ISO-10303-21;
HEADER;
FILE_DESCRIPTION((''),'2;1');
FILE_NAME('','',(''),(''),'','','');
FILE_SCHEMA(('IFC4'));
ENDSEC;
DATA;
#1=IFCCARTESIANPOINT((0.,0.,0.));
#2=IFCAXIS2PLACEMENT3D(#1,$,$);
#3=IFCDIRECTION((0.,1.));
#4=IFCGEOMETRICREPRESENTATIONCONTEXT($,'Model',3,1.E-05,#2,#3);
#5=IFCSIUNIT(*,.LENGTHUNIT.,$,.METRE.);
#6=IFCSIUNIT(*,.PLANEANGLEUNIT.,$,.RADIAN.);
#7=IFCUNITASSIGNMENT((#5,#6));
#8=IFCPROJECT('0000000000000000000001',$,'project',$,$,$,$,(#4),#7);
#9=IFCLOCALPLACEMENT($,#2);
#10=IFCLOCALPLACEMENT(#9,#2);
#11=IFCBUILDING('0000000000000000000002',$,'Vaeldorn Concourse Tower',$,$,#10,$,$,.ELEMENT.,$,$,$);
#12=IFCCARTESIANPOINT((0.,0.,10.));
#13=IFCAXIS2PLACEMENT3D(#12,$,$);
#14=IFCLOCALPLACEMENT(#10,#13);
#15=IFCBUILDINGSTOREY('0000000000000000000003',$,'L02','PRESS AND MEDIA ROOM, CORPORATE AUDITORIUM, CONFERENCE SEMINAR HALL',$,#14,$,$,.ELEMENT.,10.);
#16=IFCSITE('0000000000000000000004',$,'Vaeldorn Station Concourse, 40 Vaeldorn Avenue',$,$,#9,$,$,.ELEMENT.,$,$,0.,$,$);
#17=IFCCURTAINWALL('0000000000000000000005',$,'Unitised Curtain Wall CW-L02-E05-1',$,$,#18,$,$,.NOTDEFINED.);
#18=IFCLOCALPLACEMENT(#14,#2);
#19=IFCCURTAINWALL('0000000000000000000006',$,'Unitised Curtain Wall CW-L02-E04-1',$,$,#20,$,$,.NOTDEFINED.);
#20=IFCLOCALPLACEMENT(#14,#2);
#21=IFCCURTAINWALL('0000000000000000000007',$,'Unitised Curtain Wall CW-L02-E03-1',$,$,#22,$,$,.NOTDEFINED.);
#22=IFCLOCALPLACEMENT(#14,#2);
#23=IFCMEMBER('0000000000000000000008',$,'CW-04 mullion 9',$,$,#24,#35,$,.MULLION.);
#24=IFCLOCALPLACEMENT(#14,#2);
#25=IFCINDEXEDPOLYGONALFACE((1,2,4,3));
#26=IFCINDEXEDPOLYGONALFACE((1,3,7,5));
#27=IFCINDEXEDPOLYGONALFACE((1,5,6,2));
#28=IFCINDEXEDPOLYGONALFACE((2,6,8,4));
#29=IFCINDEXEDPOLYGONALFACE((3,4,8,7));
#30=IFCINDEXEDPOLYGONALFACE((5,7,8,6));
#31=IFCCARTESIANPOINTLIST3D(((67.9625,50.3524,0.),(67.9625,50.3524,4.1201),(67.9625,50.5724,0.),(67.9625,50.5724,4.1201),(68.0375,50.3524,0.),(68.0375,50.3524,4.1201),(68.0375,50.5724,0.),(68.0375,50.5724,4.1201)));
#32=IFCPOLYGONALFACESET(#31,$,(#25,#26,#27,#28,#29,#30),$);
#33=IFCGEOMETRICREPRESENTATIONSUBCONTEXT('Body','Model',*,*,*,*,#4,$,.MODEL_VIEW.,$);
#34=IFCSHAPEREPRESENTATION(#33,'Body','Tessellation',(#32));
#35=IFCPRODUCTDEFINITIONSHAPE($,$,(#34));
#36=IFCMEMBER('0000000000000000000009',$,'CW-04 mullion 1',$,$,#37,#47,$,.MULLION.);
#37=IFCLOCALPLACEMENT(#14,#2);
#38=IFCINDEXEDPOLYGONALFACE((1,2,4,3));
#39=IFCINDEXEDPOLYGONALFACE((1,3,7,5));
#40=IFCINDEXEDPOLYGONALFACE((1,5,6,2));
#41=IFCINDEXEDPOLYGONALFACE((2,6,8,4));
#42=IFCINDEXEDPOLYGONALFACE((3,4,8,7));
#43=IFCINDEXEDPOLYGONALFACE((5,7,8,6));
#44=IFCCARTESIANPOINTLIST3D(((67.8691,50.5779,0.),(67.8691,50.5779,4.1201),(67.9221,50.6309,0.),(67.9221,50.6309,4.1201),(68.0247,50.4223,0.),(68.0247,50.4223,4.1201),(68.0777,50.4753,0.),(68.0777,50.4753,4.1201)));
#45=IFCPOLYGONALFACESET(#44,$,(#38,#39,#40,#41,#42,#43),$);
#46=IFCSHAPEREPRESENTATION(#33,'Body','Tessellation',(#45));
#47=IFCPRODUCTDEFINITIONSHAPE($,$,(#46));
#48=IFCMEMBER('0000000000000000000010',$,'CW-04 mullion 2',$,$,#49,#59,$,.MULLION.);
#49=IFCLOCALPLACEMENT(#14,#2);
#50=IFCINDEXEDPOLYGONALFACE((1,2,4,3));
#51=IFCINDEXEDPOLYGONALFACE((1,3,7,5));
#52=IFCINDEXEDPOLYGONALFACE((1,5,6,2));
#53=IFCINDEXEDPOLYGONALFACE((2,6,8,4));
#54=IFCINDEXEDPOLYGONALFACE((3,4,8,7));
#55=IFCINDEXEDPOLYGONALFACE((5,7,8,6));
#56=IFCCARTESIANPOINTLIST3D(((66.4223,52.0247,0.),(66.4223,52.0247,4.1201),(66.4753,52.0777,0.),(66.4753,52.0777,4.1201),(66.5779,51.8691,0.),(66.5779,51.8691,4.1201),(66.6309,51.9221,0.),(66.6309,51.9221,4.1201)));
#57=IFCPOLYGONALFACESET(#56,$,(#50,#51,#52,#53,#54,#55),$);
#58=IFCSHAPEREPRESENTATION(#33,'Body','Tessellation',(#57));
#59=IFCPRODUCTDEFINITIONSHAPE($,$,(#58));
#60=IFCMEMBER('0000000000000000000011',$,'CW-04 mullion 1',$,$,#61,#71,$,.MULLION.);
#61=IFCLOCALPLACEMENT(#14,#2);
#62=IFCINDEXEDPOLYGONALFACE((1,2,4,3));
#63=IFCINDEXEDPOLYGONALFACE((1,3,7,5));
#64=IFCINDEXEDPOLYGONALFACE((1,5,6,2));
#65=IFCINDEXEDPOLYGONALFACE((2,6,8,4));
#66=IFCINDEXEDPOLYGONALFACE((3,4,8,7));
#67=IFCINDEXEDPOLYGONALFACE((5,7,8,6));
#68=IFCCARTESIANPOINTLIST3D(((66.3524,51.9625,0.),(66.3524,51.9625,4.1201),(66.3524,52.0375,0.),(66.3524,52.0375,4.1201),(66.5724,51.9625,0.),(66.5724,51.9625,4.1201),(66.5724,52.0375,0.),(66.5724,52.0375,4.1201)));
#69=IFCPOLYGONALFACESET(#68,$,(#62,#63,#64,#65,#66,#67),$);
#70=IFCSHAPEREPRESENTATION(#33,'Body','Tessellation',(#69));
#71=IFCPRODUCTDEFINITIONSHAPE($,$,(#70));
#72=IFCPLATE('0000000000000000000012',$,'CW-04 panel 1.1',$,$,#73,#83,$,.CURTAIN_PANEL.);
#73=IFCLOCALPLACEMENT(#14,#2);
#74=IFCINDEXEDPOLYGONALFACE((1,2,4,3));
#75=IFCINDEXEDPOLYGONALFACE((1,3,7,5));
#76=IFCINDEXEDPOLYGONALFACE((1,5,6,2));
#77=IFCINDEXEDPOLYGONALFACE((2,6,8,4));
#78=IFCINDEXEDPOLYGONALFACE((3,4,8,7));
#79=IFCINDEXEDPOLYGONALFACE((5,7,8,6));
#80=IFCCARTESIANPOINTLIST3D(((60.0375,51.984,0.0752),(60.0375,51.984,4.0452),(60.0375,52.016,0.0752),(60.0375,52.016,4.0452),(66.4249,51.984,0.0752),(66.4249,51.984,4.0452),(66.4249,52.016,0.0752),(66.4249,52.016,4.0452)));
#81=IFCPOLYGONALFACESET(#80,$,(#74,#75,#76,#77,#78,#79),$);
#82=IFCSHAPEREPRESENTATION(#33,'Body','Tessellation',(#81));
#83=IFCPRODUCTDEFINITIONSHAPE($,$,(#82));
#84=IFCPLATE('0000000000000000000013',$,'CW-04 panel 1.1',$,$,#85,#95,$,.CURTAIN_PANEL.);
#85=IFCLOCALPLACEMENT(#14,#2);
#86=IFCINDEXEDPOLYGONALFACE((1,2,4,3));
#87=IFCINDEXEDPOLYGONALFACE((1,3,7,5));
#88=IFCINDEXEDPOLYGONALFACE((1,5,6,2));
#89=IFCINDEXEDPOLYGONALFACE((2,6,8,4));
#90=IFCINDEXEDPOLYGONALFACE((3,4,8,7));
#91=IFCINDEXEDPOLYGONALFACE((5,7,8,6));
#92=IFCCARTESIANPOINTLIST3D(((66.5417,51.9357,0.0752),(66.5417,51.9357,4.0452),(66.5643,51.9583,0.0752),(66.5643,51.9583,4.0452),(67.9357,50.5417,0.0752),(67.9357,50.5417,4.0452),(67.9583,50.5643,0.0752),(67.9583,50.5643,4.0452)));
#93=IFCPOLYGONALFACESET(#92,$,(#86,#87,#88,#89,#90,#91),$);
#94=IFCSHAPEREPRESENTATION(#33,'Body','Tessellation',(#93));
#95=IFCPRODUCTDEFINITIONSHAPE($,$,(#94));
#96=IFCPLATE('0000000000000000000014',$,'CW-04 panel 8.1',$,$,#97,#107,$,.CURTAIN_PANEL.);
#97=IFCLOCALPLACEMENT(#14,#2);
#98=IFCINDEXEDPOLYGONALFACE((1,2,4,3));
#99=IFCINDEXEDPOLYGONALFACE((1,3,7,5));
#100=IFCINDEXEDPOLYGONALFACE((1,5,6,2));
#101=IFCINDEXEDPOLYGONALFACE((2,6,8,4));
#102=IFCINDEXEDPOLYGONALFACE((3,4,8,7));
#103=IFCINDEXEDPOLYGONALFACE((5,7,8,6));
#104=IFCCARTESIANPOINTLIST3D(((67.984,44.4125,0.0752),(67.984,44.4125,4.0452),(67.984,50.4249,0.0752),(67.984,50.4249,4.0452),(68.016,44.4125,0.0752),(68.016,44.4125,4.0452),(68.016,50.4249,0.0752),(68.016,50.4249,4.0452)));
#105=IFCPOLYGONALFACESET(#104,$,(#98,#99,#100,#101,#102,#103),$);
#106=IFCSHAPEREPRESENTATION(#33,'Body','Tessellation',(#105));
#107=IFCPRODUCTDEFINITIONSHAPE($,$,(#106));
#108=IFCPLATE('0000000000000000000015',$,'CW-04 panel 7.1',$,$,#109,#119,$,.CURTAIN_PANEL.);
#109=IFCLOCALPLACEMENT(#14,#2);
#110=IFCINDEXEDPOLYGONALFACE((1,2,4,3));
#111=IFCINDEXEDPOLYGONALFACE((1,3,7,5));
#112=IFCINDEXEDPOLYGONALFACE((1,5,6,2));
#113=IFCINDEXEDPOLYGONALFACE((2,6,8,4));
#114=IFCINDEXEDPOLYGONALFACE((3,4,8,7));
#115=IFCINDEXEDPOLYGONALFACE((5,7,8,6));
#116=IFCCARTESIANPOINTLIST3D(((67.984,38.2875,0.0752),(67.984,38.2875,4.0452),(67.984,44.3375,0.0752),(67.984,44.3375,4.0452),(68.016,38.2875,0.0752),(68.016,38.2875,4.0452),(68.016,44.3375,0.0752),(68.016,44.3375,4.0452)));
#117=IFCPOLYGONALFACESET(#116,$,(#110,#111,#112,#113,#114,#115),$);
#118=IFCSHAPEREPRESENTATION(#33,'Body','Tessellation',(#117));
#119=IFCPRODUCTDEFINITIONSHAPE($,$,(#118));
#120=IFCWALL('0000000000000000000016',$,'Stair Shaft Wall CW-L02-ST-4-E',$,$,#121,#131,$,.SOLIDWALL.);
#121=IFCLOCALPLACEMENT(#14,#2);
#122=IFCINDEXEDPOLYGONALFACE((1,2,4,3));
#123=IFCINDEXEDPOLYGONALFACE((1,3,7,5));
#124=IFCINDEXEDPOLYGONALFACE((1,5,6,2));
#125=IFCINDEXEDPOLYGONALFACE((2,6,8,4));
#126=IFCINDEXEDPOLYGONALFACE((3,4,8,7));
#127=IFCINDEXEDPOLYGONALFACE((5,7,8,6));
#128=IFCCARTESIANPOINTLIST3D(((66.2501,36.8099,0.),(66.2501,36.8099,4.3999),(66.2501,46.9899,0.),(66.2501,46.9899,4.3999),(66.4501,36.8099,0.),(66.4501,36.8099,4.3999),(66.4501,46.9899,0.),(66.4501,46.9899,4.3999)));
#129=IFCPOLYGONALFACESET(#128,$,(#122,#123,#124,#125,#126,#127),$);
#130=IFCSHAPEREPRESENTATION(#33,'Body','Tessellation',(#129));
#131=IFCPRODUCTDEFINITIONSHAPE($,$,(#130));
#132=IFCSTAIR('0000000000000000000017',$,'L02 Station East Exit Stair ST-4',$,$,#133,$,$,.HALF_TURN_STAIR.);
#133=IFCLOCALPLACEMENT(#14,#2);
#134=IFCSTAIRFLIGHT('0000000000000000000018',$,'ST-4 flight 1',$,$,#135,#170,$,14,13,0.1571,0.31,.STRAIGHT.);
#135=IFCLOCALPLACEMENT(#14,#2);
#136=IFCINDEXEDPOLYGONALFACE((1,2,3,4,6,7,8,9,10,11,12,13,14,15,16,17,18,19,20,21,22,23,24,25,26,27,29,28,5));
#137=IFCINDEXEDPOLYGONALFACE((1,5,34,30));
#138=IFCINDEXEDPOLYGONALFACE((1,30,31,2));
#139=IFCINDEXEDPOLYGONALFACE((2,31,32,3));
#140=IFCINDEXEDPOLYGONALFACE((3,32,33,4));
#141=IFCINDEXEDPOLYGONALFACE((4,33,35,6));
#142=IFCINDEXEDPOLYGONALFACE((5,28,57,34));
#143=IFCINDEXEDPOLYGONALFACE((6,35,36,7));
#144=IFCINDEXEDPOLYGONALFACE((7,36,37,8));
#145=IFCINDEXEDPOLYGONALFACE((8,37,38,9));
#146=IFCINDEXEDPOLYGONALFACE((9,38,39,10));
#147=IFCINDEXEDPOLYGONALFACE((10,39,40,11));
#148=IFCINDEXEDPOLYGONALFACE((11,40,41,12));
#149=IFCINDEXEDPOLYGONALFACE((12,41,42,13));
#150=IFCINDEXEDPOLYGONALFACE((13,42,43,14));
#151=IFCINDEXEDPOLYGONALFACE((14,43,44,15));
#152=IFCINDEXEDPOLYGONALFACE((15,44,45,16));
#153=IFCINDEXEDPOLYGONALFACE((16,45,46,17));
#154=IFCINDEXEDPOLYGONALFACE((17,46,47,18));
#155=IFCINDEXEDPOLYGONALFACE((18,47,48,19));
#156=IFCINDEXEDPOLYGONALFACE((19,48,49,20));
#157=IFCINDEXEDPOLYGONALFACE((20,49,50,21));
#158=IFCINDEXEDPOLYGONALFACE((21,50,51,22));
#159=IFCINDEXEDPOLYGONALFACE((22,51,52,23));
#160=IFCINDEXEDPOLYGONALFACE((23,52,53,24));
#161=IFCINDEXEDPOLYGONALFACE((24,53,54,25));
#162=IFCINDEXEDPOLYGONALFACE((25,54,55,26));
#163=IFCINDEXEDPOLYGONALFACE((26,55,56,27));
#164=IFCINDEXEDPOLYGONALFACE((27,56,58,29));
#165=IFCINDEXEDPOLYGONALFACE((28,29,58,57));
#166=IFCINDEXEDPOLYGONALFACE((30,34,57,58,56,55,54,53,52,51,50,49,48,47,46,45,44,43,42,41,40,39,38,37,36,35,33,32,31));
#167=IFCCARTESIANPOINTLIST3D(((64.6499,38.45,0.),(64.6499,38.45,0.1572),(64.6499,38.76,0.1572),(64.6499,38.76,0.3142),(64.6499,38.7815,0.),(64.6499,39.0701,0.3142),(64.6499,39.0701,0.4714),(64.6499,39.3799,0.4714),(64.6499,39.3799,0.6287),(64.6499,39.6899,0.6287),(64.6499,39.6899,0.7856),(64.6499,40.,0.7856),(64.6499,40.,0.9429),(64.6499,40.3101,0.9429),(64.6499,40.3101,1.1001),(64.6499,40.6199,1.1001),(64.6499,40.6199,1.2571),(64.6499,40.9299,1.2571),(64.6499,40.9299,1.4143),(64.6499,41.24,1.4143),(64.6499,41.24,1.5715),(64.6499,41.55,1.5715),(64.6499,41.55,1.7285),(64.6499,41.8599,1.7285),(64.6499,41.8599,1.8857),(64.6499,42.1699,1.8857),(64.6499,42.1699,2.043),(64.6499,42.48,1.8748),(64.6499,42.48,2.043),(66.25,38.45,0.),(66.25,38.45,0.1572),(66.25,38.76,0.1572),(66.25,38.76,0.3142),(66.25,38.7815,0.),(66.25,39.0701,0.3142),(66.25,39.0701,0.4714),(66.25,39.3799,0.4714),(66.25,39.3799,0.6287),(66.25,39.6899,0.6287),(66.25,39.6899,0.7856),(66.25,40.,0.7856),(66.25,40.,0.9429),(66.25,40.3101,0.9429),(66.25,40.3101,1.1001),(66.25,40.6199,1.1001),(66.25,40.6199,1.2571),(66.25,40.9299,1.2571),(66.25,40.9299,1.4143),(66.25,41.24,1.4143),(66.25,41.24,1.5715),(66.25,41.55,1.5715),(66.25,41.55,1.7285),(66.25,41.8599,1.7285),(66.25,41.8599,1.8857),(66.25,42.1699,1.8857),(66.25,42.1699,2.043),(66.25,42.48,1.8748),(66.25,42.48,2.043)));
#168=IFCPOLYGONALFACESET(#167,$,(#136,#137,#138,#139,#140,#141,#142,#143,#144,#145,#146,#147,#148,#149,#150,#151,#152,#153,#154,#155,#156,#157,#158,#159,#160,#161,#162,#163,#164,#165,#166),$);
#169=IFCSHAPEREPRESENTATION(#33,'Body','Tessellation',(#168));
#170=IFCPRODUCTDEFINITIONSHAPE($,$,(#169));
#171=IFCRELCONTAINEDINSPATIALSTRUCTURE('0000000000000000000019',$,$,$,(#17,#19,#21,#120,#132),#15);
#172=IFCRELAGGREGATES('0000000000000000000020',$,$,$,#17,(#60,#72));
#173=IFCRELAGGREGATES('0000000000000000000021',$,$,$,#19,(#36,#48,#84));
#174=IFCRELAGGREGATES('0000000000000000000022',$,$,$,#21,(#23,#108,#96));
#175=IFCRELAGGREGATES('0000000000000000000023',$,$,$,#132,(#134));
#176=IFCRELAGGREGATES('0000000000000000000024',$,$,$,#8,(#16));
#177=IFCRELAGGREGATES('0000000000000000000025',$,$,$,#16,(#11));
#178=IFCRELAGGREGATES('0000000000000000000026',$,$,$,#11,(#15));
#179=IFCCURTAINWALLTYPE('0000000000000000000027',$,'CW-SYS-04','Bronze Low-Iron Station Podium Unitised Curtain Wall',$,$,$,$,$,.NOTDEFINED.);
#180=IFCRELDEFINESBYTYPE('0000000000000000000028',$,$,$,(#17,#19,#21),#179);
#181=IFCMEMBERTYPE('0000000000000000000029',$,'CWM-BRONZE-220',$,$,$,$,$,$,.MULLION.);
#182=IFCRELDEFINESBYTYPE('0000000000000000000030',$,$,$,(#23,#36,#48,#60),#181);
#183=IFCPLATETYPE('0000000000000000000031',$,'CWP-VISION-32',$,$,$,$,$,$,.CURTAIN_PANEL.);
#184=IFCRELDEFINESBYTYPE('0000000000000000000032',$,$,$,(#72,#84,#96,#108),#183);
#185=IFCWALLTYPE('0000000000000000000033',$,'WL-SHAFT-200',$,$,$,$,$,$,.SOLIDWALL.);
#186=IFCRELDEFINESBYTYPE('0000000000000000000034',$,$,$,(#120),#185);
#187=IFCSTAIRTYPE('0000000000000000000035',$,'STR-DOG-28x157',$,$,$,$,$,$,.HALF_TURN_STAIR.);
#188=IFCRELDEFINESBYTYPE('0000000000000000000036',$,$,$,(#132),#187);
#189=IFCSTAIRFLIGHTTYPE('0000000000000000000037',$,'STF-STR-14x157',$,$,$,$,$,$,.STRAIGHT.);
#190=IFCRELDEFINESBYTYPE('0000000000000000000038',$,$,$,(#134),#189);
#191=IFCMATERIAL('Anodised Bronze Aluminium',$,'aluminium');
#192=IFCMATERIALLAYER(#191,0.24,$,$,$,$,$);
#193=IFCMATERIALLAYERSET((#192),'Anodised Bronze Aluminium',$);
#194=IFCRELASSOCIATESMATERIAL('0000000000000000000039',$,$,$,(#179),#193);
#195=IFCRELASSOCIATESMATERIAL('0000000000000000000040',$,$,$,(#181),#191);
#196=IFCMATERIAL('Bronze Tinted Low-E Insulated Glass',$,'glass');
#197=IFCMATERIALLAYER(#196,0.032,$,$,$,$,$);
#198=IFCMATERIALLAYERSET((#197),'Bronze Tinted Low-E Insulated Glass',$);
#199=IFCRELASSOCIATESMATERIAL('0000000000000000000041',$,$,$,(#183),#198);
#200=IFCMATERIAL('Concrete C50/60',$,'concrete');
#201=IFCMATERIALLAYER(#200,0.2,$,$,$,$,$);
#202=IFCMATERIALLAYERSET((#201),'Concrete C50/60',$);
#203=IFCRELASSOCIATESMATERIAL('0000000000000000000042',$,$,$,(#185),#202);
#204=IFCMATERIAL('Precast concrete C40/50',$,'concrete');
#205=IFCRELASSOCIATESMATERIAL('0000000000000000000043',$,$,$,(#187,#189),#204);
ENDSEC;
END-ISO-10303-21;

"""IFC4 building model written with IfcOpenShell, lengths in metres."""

from ifc_helpers import new_model, si_unit, direction, frame, frame_2d, origin, origin_2d, place, context, subcontext, project, spatial, polyline, rectangle, outline, extrude, source, transform, mapped, material, layer, layer_set, material_profile, profile_set, type_object, element, aggregate, save


model = new_model("IFC4")

# Units and contexts
model_context = context("Model", 3, precision=1e-05, world=origin(), true_north=direction((0.0, 1.0)))
body_context = subcontext(model_context, "Body", "Model", "MODEL_VIEW")
ifc_project = project(units=[si_unit("LENGTHUNIT", "METRE"), si_unit("PLANEANGLEUNIT", "RADIAN")], contexts=[model_context])

# Site, building, storey
site_placement = place(None, origin())
site = spatial("IfcSite", under=ifc_project, at=site_placement, Name="Vaeldorn Station Concourse, 40 Vaeldorn Avenue", CompositionType="ELEMENT", RefElevation=0.0)
building_placement = place(site_placement, origin())
building = spatial("IfcBuilding", under=site, at=building_placement, Name="Vaeldorn Concourse Tower", CompositionType="ELEMENT")
storey_placement = place(building_placement, frame((0.0, 0.0, 10.0)))
storey = spatial("IfcBuildingStorey", under=building, at=storey_placement, Name="L02", Description="PRESS AND MEDIA ROOM, CORPORATE AUDITORIUM, CONFERENCE SEMINAR HALL", CompositionType="ELEMENT", Elevation=10.0)

# Curtain walls, member
ifc_material_1 = material(Name="Anodised Bronze Aluminium", Category="aluminium")
ifc_layer_1 = layer(ifc_material_1, 0.24)
ifc_layer_set_1 = layer_set([ifc_layer_1], Name="Anodised Bronze Aluminium")
curtain_wall_type = type_object("IfcCurtainWallType", Name="CW-SYS-04", Description="Bronze Low-Iron Station Podium Unitised Curtain Wall", PredefinedType="NOTDEFINED", material=ifc_layer_set_1)
curtain_wall_1_placement = place(storey_placement, origin())
curtain_wall_1 = element("IfcCurtainWall", 1, at=curtain_wall_1_placement, inside=storey, type_object=curtain_wall_type, Name="Unitised Curtain Wall CW-L02-E05-1", PredefinedType="NOTDEFINED")
curtain_wall_2_placement = place(storey_placement, origin())
curtain_wall_2 = element("IfcCurtainWall", 2, at=curtain_wall_2_placement, inside=storey, type_object=curtain_wall_type, Name="Unitised Curtain Wall CW-L02-E04-1", PredefinedType="NOTDEFINED")
curtain_wall_3_placement = place(storey_placement, origin())
curtain_wall_3 = element("IfcCurtainWall", 3, at=curtain_wall_3_placement, inside=storey, type_object=curtain_wall_type, Name="Unitised Curtain Wall CW-L02-E03-1", PredefinedType="NOTDEFINED")
ifc_material_profile_1 = material_profile(ifc_material_1, rectangle(XDim=0.075, YDim=0.22, at=origin_2d()), Name="CWM 75x220")
ifc_profile_set_1 = profile_set([ifc_material_profile_1], Name="Anodised Bronze Aluminium")
member_type_1 = type_object("IfcMemberType", Name="CWM-BRONZE-220", PredefinedType="MULLION", material=ifc_profile_set_1)
shared_shape_1 = source(origin(), body_context, "Body", "SweptSolid", [
    extrude(rectangle(XDim=0.075, YDim=0.22, at=origin_2d()), origin(), (0.0, 0.0, 1.0), 4.1201),
])
member_1_placement = place(storey_placement, frame((68.0, 50.4624, 0.0), z_axis=(0.0, 0.0, 1.0), x_axis=(-1.0, 0.0, 0.0)))
member_1 = element("IfcMember", 4, at=member_1_placement, type_object=member_type_1, Name="CW-04 mullion 9", PredefinedType="MULLION", context=body_context, shape_type="MappedRepresentation", body=[
    mapped(shared_shape_1, transform((0.0, 0.0, 0.0), scale=1.0)),
])

# Members
member_2_placement = place(storey_placement, frame((67.9734, 50.5266, 0.0), z_axis=(0.0, 0.0, 1.0), x_axis=(-0.707107, -0.707107, 0.0)))
member_2 = element("IfcMember", 5, at=member_2_placement, type_object=member_type_1, Name="CW-04 mullion 1", PredefinedType="MULLION", context=body_context, shape_type="MappedRepresentation", body=[
    mapped(shared_shape_1, transform((0.0, 0.0, 0.0), scale=1.0)),
])
member_3_placement = place(storey_placement, frame((66.5266, 51.9734, 0.0), z_axis=(0.0, 0.0, 1.0), x_axis=(-0.707107, -0.707107, 0.0)))
member_3 = element("IfcMember", 6, at=member_3_placement, type_object=member_type_1, Name="CW-04 mullion 2", PredefinedType="MULLION", context=body_context, shape_type="MappedRepresentation", body=[
    mapped(shared_shape_1, transform((0.0, 0.0, 0.0), scale=1.0)),
])
member_4_placement = place(storey_placement, frame((66.4624, 52.0, 0.0), z_axis=(0.0, 0.0, 1.0), x_axis=(0.0, -1.0, 0.0)))
member_4 = element("IfcMember", 7, at=member_4_placement, type_object=member_type_1, Name="CW-04 mullion 1", PredefinedType="MULLION", context=body_context, shape_type="MappedRepresentation", body=[
    mapped(shared_shape_1, transform((0.0, 0.0, 0.0), scale=1.0)),
])

# Plates
ifc_material_2 = material(Name="Bronze Tinted Low-E Insulated Glass", Category="glass")
ifc_layer_2 = layer(ifc_material_2, 0.032)
ifc_layer_set_2 = layer_set([ifc_layer_2], Name="Bronze Tinted Low-E Insulated Glass")
plate_type = type_object("IfcPlateType", Name="CWP-VISION-32", PredefinedType="CURTAIN_PANEL", material=ifc_layer_set_2)
shared_shape_2 = source(origin(), body_context, "Body", "SweptSolid", [
    extrude(rectangle(XDim=6.3875, YDim=0.032, at=origin_2d()), origin(), (0.0, 0.0, 1.0), 3.97),
])
plate_1_placement = place(storey_placement, frame((63.2312, 52.0, 0.0752), z_axis=(0.0, 0.0, 1.0), x_axis=(-1.0, 0.0, 0.0)))
plate_1 = element("IfcPlate", 8, at=plate_1_placement, type_object=plate_type, Name="CW-04 panel 1.1", PredefinedType="CURTAIN_PANEL", context=body_context, shape_type="MappedRepresentation", body=[
    mapped(shared_shape_2, transform((0.0, 0.0, 0.0), scale=1.0)),
])
aggregate(curtain_wall_1, [member_4, plate_1])
shared_shape_3 = source(origin(), body_context, "Body", "SweptSolid", [
    extrude(rectangle(XDim=1.9714, YDim=0.032, at=origin_2d()), origin(), (0.0, 0.0, 1.0), 3.97),
])
plate_2_placement = place(storey_placement, frame((67.25, 51.25, 0.0752), z_axis=(0.0, 0.0, 1.0), x_axis=(-0.707107, 0.707107, 0.0)))
plate_2 = element("IfcPlate", 9, at=plate_2_placement, type_object=plate_type, Name="CW-04 panel 1.1", PredefinedType="CURTAIN_PANEL", context=body_context, shape_type="MappedRepresentation", body=[
    mapped(shared_shape_3, transform((0.0, 0.0, 0.0), scale=1.0)),
])
aggregate(curtain_wall_2, [member_2, member_3, plate_2])
shared_shape_4 = source(origin(), body_context, "Body", "SweptSolid", [
    extrude(rectangle(XDim=6.0125, YDim=0.032, at=origin_2d()), origin(), (0.0, 0.0, 1.0), 3.97),
])
plate_3_placement = place(storey_placement, frame((68.0, 47.4187, 0.0752), z_axis=(0.0, 0.0, 1.0), x_axis=(0.0, 1.0, 0.0)))
plate_3 = element("IfcPlate", 10, at=plate_3_placement, type_object=plate_type, Name="CW-04 panel 8.1", PredefinedType="CURTAIN_PANEL", context=body_context, shape_type="MappedRepresentation", body=[
    mapped(shared_shape_4, transform((0.0, 0.0, 0.0), scale=1.0)),
])
shared_shape_5 = source(origin(), body_context, "Body", "SweptSolid", [
    extrude(rectangle(XDim=6.05, YDim=0.032, at=origin_2d()), origin(), (0.0, 0.0, 1.0), 3.97),
])
plate_4_placement = place(storey_placement, frame((68.0, 41.3125, 0.0752), z_axis=(0.0, 0.0, 1.0), x_axis=(0.0, 1.0, 0.0)))
plate_4 = element("IfcPlate", 11, at=plate_4_placement, type_object=plate_type, Name="CW-04 panel 7.1", PredefinedType="CURTAIN_PANEL", context=body_context, shape_type="MappedRepresentation", body=[
    mapped(shared_shape_5, transform((0.0, 0.0, 0.0), scale=1.0)),
])
aggregate(curtain_wall_3, [member_1, plate_4, plate_3])

# Wall
ifc_material_3 = material(Name="Concrete C50/60", Category="concrete")
ifc_layer_3 = layer(ifc_material_3, 0.2)
ifc_layer_set_3 = layer_set([ifc_layer_3], Name="Concrete C50/60")
wall_type = type_object("IfcWallType", Name="WL-SHAFT-200", PredefinedType="SOLIDWALL", material=ifc_layer_set_3)
wall_placement = place(storey_placement, frame((66.3501, 36.8101, 0.0), z_axis=(0.0, 0.0, 1.0), x_axis=(0.0, 1.0, 0.0)))
element("IfcWall", 12, at=wall_placement, inside=storey, type_object=wall_type, Name="Stair Shaft Wall CW-L02-ST-4-E", PredefinedType="SOLIDWALL", context=body_context, shape_type="SweptSolid", body=[
    extrude(rectangle(XDim=10.1799, YDim=0.2, at=frame_2d((5.0898, 0.0))), origin(), (0.0, 0.0, 1.0), 4.3999),
])

# Stair, stair flight
ifc_material_4 = material(Name="Precast concrete C40/50", Category="concrete")
stair_type = type_object("IfcStairType", Name="STR-DOG-28x157", PredefinedType="HALF_TURN_STAIR", material=ifc_material_4)
stair_placement = place(storey_placement, origin())
stair = element("IfcStair", 13, at=stair_placement, inside=storey, type_object=stair_type, Name="L02 Station East Exit Stair ST-4", PredefinedType="HALF_TURN_STAIR")
stair_flight_type = type_object("IfcStairFlightType", Name="STF-STR-14x157", PredefinedType="STRAIGHT", material=ifc_material_4)
stair_flight_1_placement = place(storey_placement, frame((65.45, 38.45, 0.0), z_axis=(0.0, 0.0, 1.0), x_axis=(0.0, 1.0, 0.0)))
stair_flight_1 = element("IfcStairFlight", 14, at=stair_flight_1_placement, type_object=stair_flight_type, Name="ST-4 flight 1", NumberOfRisers=14, NumberOfTreads=13, PredefinedType="STRAIGHT", RiserHeight=0.1571, TreadLength=0.31, context=body_context, shape_type="SweptSolid", body=[
    extrude(outline(polyline([(0.0, 0.0), (0.0, 0.1572), (0.3101, 0.1572), (0.3101, 0.3142), (0.6201, 0.3142), (0.6201, 0.4714), (0.9299, 0.4714), (0.9299, 0.6287), (1.24, 0.6287), (1.24, 0.7856), (1.55, 0.7856), (1.55, 0.9429), (1.8601, 0.9429), (1.8601, 1.1001), (2.1699, 1.1001), (2.1699, 1.2571), (2.48, 1.2571), (2.48, 1.4143), (2.79, 1.4143), (2.79, 1.5715), (3.1001, 1.5715), (3.1001, 1.7285), (3.4099, 1.7285), (3.4099, 1.8857), (3.72, 1.8857), (3.72, 2.043), (4.03, 2.043), (4.03, 2.2), (4.03, 1.8748), (0.3315, 0.0), (0.0, 0.0)])), frame((0.0, 0.8, 0.0), z_axis=(0.0, -1.0, 0.0), x_axis=(1.0, 0.0, 0.0)), (0.0, 0.0, 1.0), 1.6001),
])
aggregate(stair, [stair_flight_1])

save(model, "model.ifc")
